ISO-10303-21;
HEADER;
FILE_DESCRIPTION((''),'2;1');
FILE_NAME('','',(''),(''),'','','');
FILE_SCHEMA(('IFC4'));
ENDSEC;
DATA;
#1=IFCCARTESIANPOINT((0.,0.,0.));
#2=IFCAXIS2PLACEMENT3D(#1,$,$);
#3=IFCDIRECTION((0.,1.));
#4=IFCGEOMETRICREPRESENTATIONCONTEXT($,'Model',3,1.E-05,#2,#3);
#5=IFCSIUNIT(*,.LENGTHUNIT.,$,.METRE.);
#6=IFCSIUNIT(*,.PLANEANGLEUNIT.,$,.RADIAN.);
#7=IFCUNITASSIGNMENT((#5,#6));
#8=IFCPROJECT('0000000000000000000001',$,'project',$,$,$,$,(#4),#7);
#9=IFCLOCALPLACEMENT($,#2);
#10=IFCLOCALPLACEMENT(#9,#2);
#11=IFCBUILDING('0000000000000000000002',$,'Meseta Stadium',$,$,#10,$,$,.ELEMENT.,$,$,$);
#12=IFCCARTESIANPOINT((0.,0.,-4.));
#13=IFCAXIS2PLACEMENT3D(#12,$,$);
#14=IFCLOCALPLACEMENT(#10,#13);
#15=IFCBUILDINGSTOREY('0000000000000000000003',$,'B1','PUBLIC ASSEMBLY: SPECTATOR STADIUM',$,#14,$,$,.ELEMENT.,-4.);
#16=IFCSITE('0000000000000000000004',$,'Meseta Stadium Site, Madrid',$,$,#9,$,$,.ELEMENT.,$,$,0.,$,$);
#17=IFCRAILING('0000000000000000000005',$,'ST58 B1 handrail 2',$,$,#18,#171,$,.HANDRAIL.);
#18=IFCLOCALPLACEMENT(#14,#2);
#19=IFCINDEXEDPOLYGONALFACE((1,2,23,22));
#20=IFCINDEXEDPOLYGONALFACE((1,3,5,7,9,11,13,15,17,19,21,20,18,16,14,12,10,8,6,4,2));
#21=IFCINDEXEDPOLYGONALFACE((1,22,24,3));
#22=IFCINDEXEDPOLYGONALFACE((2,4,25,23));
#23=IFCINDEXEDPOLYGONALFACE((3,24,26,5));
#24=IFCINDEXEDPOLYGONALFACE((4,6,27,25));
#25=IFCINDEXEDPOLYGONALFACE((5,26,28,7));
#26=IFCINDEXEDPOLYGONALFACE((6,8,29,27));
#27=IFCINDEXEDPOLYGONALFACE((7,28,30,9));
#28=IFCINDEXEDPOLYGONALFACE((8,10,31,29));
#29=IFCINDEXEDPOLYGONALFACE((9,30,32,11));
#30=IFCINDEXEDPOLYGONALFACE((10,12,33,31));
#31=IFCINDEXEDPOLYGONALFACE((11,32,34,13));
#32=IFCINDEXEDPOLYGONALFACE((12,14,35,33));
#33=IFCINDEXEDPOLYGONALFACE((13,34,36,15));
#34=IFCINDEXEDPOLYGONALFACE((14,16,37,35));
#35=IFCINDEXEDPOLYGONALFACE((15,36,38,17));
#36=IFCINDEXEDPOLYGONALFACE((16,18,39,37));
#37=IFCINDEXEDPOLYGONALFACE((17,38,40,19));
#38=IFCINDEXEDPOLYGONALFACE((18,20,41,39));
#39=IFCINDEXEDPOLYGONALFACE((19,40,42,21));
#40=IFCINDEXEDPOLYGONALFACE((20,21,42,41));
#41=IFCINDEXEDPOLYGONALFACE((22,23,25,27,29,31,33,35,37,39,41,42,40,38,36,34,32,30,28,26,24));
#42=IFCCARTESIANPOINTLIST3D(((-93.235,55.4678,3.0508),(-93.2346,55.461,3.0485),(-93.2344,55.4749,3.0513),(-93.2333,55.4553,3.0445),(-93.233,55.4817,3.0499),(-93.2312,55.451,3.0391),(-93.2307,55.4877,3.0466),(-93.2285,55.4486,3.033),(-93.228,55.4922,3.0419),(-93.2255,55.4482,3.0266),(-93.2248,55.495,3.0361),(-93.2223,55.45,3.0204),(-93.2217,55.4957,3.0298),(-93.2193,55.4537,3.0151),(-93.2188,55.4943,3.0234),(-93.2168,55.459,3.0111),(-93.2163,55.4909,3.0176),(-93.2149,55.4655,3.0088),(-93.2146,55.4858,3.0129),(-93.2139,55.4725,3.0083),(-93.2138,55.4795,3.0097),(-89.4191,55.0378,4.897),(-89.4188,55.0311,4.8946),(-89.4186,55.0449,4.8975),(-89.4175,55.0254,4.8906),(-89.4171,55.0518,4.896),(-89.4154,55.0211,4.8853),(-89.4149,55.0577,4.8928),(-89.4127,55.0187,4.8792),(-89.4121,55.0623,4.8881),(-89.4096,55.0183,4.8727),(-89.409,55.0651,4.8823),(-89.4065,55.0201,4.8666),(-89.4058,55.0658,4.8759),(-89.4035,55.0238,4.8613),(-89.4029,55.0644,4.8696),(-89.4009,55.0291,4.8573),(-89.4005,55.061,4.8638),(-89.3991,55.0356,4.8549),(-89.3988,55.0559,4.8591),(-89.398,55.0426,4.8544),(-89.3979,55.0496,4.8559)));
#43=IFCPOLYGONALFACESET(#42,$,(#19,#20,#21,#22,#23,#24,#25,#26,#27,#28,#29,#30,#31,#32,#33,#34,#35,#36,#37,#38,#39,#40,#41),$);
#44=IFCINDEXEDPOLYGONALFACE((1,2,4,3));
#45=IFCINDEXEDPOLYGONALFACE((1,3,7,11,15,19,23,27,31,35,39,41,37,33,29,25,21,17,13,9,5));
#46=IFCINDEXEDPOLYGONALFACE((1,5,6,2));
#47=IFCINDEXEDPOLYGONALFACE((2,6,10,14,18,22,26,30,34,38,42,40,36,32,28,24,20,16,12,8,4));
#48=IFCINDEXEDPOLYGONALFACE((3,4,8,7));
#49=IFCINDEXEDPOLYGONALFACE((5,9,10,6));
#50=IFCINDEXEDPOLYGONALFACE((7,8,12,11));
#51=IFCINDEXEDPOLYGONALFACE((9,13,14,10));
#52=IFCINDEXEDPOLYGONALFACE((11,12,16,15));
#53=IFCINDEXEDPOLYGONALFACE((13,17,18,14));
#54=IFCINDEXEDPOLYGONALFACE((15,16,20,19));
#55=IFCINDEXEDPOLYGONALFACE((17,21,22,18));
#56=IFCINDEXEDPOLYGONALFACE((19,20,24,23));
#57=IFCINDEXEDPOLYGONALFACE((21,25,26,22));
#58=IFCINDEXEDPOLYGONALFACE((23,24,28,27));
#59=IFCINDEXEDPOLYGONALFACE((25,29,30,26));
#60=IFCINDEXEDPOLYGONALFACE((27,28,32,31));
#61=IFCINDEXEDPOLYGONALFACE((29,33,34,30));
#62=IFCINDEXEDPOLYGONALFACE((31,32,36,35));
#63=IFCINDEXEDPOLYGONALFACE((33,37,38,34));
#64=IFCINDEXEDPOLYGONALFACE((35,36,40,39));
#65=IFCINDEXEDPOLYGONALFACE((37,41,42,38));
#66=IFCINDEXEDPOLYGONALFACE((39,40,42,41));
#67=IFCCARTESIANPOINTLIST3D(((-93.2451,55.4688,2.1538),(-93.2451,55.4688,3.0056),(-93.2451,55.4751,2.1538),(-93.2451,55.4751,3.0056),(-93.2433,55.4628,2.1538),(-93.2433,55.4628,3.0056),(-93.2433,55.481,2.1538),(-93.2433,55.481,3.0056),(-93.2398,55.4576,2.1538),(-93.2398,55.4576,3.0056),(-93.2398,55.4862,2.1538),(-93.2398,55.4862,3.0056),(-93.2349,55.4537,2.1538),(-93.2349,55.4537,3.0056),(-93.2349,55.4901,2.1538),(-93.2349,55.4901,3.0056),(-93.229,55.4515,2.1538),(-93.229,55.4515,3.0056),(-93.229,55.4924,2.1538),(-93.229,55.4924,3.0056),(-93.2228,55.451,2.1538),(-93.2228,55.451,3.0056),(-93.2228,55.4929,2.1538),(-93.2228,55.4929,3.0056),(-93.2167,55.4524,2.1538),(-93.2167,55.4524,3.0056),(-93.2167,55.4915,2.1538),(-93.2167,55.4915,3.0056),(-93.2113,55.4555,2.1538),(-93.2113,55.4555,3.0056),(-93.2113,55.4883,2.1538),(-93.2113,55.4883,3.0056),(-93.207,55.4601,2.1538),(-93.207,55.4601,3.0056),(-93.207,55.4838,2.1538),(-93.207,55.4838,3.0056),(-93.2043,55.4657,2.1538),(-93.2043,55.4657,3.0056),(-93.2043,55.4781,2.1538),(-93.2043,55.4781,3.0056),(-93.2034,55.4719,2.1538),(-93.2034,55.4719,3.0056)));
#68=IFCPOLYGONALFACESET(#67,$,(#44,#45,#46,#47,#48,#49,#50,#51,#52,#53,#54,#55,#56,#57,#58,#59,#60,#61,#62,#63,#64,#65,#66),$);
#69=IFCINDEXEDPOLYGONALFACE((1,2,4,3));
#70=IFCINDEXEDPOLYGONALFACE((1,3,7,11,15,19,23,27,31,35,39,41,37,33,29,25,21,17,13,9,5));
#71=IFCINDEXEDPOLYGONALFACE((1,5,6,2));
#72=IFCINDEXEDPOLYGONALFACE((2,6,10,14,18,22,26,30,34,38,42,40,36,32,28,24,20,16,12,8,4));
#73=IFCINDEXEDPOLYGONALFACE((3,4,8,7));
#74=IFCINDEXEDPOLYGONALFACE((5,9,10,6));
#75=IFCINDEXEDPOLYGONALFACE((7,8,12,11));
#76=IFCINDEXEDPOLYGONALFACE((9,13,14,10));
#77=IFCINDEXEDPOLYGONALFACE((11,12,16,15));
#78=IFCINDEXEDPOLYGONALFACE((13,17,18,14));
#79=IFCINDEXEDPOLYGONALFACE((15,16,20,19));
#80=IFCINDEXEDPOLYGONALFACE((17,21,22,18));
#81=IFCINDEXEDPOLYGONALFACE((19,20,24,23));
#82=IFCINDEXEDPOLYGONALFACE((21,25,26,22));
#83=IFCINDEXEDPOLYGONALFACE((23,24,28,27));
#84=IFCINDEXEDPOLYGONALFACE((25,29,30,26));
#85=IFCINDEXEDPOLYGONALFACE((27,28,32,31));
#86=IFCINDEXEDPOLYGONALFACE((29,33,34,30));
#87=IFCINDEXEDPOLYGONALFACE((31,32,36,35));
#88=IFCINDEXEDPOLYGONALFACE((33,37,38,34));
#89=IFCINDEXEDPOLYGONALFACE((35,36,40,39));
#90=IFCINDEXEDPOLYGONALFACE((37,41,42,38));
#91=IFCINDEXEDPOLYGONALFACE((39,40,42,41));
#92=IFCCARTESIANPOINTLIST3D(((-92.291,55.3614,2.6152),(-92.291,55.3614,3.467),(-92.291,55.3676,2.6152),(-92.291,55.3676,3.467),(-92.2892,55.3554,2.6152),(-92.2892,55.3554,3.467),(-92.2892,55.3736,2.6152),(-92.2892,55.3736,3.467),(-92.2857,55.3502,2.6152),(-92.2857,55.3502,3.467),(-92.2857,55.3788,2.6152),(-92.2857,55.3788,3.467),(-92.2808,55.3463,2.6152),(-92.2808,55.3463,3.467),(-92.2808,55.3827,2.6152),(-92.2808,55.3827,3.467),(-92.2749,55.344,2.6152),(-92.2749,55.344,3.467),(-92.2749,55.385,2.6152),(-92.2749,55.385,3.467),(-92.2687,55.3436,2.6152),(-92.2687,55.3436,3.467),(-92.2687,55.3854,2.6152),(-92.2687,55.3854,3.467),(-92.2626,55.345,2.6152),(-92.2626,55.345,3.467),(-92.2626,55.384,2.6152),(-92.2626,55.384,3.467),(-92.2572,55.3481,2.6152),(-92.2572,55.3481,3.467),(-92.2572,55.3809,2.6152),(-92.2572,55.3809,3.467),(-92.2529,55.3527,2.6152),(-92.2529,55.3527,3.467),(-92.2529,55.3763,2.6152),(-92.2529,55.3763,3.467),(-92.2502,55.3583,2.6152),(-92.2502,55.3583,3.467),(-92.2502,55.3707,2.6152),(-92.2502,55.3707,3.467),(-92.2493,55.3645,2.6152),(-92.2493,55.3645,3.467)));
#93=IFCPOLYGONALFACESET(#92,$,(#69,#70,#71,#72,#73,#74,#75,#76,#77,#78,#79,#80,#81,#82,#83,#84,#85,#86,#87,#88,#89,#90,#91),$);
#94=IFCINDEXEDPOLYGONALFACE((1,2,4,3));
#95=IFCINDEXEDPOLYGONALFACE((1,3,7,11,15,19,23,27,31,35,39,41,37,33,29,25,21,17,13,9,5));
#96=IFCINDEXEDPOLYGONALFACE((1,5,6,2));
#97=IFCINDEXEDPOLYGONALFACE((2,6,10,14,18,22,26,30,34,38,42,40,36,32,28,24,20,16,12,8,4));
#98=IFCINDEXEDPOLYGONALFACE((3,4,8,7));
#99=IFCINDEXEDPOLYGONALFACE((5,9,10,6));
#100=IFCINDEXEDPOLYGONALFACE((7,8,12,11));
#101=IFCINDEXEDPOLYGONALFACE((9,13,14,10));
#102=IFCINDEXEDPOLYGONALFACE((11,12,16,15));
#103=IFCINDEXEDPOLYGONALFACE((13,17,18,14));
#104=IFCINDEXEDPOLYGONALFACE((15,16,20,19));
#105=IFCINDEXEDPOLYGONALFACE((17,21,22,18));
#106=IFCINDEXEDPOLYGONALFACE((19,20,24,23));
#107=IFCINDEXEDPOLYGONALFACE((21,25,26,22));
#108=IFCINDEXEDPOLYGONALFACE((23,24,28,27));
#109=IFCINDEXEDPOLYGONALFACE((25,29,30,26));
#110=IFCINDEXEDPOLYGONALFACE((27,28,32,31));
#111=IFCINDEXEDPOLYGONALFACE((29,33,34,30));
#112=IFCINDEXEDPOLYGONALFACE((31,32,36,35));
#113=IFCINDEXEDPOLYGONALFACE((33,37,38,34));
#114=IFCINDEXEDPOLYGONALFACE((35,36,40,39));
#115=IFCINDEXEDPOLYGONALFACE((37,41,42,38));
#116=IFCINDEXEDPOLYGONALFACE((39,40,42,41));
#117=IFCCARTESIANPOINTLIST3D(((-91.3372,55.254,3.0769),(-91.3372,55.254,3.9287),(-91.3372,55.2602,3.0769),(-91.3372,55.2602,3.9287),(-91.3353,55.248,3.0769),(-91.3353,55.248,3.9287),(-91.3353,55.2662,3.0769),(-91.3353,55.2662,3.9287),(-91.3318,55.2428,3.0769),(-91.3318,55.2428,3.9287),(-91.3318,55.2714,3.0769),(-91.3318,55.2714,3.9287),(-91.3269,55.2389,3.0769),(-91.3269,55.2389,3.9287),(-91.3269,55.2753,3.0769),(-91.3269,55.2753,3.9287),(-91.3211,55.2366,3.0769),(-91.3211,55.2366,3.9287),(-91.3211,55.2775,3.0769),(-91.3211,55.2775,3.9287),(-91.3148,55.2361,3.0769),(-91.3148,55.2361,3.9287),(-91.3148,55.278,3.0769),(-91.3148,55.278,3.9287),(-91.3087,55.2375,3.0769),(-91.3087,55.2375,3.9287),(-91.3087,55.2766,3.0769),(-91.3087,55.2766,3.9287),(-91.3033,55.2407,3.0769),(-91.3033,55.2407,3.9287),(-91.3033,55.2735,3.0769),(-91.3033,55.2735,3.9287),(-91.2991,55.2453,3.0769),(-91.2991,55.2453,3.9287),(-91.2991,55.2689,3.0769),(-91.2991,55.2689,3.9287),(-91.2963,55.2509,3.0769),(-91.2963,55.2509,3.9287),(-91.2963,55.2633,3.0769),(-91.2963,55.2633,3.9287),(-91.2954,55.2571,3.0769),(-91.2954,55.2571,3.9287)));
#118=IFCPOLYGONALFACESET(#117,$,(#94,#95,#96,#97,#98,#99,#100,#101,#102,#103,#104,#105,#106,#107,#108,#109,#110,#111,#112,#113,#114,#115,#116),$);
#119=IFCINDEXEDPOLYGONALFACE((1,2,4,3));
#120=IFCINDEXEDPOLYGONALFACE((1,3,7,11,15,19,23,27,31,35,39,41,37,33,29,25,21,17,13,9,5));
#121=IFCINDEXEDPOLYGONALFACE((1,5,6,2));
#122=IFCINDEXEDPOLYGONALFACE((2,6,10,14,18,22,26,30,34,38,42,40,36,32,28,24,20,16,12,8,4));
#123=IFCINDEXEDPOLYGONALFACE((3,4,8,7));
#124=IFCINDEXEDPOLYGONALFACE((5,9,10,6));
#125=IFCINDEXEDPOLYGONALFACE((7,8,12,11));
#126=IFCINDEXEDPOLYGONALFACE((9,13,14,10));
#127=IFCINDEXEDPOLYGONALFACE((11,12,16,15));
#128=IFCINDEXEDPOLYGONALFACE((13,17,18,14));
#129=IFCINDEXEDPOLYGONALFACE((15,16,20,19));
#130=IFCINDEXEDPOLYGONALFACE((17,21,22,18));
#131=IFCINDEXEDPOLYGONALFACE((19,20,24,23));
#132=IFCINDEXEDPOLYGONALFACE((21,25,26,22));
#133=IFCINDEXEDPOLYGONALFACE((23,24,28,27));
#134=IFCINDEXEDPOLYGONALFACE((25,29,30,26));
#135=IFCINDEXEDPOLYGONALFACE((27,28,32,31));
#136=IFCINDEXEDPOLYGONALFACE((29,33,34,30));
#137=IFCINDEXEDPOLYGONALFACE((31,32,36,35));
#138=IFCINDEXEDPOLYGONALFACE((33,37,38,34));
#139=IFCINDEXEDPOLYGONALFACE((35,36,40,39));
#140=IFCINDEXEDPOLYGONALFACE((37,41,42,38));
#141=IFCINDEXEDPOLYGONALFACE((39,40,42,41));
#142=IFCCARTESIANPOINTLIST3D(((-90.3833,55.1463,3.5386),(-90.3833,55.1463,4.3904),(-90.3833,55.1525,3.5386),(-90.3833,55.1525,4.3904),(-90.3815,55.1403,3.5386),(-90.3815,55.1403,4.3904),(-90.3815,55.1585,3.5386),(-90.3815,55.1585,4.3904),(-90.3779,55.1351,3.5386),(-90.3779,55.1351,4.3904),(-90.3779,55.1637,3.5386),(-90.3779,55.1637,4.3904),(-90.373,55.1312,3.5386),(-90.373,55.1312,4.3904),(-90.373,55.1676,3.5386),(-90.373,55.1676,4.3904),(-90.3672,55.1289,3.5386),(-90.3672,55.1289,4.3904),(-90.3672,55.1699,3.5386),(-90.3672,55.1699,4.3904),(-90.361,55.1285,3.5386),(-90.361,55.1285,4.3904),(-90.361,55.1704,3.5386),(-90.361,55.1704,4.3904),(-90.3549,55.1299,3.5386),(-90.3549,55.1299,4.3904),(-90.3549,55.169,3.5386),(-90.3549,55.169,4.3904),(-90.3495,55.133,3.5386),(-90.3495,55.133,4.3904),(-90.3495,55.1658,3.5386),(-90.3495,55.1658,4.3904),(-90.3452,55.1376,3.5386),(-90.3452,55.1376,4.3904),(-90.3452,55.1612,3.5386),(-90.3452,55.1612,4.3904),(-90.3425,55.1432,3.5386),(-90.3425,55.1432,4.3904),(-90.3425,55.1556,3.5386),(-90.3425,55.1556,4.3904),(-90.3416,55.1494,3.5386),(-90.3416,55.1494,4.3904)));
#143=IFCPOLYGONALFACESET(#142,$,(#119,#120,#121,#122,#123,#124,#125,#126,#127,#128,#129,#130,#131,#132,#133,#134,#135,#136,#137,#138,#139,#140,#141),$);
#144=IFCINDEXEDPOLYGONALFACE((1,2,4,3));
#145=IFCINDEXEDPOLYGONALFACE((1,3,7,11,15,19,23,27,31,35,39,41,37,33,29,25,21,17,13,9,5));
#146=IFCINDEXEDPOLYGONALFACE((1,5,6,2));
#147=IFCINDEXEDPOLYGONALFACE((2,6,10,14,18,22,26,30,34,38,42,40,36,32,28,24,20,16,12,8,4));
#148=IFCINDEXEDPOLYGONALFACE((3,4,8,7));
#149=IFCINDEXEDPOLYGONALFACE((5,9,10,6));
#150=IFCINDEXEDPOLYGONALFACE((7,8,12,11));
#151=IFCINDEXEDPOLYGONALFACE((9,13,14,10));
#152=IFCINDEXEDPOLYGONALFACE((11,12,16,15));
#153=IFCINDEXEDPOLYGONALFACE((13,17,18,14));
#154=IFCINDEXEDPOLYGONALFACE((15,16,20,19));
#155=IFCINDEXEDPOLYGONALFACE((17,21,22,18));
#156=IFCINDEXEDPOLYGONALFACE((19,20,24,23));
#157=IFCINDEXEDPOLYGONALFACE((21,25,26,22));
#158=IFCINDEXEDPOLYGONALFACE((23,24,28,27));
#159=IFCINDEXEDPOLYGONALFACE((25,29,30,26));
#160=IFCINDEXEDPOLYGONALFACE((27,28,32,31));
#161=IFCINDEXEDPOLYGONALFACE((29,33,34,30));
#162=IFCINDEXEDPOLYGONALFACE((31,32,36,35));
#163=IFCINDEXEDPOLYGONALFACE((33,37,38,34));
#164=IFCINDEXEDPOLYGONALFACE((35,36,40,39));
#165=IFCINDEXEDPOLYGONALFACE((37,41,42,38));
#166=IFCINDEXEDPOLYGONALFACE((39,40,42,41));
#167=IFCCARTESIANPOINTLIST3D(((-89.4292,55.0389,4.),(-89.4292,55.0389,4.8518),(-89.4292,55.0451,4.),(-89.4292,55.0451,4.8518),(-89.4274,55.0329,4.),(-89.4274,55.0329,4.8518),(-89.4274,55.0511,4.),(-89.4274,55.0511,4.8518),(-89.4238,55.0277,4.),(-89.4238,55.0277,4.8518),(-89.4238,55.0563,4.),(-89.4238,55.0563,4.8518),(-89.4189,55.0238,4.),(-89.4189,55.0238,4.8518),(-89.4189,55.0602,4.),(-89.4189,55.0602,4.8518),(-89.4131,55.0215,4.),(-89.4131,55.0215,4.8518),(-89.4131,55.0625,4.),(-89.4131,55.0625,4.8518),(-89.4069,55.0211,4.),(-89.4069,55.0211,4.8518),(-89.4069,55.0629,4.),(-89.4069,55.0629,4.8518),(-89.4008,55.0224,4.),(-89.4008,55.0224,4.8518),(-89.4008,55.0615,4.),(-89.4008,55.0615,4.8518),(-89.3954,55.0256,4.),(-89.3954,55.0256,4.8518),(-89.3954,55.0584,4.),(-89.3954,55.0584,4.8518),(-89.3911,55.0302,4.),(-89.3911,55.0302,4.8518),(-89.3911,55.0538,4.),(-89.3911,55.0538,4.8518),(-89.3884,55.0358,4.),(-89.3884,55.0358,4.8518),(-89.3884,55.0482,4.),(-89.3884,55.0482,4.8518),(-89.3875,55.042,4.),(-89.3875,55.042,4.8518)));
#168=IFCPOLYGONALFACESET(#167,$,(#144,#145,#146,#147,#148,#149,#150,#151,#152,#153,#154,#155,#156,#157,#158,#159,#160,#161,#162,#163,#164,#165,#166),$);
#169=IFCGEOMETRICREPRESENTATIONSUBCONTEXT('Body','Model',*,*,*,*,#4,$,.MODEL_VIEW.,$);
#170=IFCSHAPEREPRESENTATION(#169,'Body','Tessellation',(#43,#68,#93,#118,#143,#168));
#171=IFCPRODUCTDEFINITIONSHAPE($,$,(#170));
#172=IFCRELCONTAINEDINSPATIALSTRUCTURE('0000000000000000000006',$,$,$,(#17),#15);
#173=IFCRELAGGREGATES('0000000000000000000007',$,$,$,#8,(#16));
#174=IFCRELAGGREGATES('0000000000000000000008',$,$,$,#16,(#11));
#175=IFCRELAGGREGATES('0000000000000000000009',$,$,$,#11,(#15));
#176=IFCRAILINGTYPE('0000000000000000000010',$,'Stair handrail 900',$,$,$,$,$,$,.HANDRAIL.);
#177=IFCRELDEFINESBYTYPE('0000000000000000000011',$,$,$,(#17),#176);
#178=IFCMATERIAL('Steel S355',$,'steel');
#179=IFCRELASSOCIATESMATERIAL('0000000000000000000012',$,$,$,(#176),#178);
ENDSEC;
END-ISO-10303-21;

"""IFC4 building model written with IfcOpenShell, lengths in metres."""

from ifc_helpers import new_model, si_unit, direction, frame, origin, origin_2d, place, context, subcontext, project, spatial, circle, extrude, material, type_object, element, save


model = new_model("IFC4")

# Units and contexts
model_context = context("Model", 3, precision=1e-05, world=origin(), true_north=direction((0.0, 1.0)))
body_context = subcontext(model_context, "Body", "Model", "MODEL_VIEW")
ifc_project = project(units=[si_unit("LENGTHUNIT", "METRE"), si_unit("PLANEANGLEUNIT", "RADIAN")], contexts=[model_context])

# Site, building, storey
site_placement = place(None, origin())
site = spatial("IfcSite", under=ifc_project, at=site_placement, Name="Meseta Stadium Site, Madrid", CompositionType="ELEMENT", RefElevation=0.0)
building_placement = place(site_placement, origin())
building = spatial("IfcBuilding", under=site, at=building_placement, Name="Meseta Stadium", CompositionType="ELEMENT")
storey_placement = place(building_placement, frame((0.0, 0.0, -4.0)))
storey = spatial("IfcBuildingStorey", under=building, at=storey_placement, Name="B1", Description="PUBLIC ASSEMBLY: SPECTATOR STADIUM", CompositionType="ELEMENT", Elevation=-4.0)

# Railing
ifc_material_1 = material(Name="Steel S355", Category="steel")
railing_type_1 = type_object("IfcRailingType", Name="Stair handrail 900", PredefinedType="HANDRAIL", material=ifc_material_1)
for number, where, name in (
    (1, (-93.2244, 55.4719, 2.1538), "ST58 B1 handrail 2"),
):
    element("IfcRailing", number, at=place(storey_placement, frame(where)), inside=storey, type_object=railing_type_1, Name=name, PredefinedType="HANDRAIL", context=body_context, shape_type="SweptSolid", body=[
        extrude(circle(Radius=0.0239, at=origin_2d()), frame((0.0, 0.0, 0.876), z_axis=(0.895585, -0.100904, 0.433296), x_axis=(0.11196, 0.993713, 0.0)), (0.0, 0.0, 1.0), 4.2607),
        extrude(circle(Radius=0.021, at=origin_2d()), origin(), (0.0, 0.0, 1.0), 0.8518),
        extrude(circle(Radius=0.021, at=origin_2d()), frame((0.9541, -0.1074, 0.4614)), (0.0, 0.0, 1.0), 0.8518),
        extrude(circle(Radius=0.021, at=origin_2d()), frame((1.908, -0.2148, 0.9231)), (0.0, 0.0, 1.0), 0.8518),
        extrude(circle(Radius=0.021, at=origin_2d()), frame((2.8618, -0.3225, 1.3848)), (0.0, 0.0, 1.0), 0.8518),
        extrude(circle(Radius=0.021, at=origin_2d()), frame((3.8159, -0.4299, 1.8462)), (0.0, 0.0, 1.0), 0.8518),
    ])

save(model, "model.ifc")
